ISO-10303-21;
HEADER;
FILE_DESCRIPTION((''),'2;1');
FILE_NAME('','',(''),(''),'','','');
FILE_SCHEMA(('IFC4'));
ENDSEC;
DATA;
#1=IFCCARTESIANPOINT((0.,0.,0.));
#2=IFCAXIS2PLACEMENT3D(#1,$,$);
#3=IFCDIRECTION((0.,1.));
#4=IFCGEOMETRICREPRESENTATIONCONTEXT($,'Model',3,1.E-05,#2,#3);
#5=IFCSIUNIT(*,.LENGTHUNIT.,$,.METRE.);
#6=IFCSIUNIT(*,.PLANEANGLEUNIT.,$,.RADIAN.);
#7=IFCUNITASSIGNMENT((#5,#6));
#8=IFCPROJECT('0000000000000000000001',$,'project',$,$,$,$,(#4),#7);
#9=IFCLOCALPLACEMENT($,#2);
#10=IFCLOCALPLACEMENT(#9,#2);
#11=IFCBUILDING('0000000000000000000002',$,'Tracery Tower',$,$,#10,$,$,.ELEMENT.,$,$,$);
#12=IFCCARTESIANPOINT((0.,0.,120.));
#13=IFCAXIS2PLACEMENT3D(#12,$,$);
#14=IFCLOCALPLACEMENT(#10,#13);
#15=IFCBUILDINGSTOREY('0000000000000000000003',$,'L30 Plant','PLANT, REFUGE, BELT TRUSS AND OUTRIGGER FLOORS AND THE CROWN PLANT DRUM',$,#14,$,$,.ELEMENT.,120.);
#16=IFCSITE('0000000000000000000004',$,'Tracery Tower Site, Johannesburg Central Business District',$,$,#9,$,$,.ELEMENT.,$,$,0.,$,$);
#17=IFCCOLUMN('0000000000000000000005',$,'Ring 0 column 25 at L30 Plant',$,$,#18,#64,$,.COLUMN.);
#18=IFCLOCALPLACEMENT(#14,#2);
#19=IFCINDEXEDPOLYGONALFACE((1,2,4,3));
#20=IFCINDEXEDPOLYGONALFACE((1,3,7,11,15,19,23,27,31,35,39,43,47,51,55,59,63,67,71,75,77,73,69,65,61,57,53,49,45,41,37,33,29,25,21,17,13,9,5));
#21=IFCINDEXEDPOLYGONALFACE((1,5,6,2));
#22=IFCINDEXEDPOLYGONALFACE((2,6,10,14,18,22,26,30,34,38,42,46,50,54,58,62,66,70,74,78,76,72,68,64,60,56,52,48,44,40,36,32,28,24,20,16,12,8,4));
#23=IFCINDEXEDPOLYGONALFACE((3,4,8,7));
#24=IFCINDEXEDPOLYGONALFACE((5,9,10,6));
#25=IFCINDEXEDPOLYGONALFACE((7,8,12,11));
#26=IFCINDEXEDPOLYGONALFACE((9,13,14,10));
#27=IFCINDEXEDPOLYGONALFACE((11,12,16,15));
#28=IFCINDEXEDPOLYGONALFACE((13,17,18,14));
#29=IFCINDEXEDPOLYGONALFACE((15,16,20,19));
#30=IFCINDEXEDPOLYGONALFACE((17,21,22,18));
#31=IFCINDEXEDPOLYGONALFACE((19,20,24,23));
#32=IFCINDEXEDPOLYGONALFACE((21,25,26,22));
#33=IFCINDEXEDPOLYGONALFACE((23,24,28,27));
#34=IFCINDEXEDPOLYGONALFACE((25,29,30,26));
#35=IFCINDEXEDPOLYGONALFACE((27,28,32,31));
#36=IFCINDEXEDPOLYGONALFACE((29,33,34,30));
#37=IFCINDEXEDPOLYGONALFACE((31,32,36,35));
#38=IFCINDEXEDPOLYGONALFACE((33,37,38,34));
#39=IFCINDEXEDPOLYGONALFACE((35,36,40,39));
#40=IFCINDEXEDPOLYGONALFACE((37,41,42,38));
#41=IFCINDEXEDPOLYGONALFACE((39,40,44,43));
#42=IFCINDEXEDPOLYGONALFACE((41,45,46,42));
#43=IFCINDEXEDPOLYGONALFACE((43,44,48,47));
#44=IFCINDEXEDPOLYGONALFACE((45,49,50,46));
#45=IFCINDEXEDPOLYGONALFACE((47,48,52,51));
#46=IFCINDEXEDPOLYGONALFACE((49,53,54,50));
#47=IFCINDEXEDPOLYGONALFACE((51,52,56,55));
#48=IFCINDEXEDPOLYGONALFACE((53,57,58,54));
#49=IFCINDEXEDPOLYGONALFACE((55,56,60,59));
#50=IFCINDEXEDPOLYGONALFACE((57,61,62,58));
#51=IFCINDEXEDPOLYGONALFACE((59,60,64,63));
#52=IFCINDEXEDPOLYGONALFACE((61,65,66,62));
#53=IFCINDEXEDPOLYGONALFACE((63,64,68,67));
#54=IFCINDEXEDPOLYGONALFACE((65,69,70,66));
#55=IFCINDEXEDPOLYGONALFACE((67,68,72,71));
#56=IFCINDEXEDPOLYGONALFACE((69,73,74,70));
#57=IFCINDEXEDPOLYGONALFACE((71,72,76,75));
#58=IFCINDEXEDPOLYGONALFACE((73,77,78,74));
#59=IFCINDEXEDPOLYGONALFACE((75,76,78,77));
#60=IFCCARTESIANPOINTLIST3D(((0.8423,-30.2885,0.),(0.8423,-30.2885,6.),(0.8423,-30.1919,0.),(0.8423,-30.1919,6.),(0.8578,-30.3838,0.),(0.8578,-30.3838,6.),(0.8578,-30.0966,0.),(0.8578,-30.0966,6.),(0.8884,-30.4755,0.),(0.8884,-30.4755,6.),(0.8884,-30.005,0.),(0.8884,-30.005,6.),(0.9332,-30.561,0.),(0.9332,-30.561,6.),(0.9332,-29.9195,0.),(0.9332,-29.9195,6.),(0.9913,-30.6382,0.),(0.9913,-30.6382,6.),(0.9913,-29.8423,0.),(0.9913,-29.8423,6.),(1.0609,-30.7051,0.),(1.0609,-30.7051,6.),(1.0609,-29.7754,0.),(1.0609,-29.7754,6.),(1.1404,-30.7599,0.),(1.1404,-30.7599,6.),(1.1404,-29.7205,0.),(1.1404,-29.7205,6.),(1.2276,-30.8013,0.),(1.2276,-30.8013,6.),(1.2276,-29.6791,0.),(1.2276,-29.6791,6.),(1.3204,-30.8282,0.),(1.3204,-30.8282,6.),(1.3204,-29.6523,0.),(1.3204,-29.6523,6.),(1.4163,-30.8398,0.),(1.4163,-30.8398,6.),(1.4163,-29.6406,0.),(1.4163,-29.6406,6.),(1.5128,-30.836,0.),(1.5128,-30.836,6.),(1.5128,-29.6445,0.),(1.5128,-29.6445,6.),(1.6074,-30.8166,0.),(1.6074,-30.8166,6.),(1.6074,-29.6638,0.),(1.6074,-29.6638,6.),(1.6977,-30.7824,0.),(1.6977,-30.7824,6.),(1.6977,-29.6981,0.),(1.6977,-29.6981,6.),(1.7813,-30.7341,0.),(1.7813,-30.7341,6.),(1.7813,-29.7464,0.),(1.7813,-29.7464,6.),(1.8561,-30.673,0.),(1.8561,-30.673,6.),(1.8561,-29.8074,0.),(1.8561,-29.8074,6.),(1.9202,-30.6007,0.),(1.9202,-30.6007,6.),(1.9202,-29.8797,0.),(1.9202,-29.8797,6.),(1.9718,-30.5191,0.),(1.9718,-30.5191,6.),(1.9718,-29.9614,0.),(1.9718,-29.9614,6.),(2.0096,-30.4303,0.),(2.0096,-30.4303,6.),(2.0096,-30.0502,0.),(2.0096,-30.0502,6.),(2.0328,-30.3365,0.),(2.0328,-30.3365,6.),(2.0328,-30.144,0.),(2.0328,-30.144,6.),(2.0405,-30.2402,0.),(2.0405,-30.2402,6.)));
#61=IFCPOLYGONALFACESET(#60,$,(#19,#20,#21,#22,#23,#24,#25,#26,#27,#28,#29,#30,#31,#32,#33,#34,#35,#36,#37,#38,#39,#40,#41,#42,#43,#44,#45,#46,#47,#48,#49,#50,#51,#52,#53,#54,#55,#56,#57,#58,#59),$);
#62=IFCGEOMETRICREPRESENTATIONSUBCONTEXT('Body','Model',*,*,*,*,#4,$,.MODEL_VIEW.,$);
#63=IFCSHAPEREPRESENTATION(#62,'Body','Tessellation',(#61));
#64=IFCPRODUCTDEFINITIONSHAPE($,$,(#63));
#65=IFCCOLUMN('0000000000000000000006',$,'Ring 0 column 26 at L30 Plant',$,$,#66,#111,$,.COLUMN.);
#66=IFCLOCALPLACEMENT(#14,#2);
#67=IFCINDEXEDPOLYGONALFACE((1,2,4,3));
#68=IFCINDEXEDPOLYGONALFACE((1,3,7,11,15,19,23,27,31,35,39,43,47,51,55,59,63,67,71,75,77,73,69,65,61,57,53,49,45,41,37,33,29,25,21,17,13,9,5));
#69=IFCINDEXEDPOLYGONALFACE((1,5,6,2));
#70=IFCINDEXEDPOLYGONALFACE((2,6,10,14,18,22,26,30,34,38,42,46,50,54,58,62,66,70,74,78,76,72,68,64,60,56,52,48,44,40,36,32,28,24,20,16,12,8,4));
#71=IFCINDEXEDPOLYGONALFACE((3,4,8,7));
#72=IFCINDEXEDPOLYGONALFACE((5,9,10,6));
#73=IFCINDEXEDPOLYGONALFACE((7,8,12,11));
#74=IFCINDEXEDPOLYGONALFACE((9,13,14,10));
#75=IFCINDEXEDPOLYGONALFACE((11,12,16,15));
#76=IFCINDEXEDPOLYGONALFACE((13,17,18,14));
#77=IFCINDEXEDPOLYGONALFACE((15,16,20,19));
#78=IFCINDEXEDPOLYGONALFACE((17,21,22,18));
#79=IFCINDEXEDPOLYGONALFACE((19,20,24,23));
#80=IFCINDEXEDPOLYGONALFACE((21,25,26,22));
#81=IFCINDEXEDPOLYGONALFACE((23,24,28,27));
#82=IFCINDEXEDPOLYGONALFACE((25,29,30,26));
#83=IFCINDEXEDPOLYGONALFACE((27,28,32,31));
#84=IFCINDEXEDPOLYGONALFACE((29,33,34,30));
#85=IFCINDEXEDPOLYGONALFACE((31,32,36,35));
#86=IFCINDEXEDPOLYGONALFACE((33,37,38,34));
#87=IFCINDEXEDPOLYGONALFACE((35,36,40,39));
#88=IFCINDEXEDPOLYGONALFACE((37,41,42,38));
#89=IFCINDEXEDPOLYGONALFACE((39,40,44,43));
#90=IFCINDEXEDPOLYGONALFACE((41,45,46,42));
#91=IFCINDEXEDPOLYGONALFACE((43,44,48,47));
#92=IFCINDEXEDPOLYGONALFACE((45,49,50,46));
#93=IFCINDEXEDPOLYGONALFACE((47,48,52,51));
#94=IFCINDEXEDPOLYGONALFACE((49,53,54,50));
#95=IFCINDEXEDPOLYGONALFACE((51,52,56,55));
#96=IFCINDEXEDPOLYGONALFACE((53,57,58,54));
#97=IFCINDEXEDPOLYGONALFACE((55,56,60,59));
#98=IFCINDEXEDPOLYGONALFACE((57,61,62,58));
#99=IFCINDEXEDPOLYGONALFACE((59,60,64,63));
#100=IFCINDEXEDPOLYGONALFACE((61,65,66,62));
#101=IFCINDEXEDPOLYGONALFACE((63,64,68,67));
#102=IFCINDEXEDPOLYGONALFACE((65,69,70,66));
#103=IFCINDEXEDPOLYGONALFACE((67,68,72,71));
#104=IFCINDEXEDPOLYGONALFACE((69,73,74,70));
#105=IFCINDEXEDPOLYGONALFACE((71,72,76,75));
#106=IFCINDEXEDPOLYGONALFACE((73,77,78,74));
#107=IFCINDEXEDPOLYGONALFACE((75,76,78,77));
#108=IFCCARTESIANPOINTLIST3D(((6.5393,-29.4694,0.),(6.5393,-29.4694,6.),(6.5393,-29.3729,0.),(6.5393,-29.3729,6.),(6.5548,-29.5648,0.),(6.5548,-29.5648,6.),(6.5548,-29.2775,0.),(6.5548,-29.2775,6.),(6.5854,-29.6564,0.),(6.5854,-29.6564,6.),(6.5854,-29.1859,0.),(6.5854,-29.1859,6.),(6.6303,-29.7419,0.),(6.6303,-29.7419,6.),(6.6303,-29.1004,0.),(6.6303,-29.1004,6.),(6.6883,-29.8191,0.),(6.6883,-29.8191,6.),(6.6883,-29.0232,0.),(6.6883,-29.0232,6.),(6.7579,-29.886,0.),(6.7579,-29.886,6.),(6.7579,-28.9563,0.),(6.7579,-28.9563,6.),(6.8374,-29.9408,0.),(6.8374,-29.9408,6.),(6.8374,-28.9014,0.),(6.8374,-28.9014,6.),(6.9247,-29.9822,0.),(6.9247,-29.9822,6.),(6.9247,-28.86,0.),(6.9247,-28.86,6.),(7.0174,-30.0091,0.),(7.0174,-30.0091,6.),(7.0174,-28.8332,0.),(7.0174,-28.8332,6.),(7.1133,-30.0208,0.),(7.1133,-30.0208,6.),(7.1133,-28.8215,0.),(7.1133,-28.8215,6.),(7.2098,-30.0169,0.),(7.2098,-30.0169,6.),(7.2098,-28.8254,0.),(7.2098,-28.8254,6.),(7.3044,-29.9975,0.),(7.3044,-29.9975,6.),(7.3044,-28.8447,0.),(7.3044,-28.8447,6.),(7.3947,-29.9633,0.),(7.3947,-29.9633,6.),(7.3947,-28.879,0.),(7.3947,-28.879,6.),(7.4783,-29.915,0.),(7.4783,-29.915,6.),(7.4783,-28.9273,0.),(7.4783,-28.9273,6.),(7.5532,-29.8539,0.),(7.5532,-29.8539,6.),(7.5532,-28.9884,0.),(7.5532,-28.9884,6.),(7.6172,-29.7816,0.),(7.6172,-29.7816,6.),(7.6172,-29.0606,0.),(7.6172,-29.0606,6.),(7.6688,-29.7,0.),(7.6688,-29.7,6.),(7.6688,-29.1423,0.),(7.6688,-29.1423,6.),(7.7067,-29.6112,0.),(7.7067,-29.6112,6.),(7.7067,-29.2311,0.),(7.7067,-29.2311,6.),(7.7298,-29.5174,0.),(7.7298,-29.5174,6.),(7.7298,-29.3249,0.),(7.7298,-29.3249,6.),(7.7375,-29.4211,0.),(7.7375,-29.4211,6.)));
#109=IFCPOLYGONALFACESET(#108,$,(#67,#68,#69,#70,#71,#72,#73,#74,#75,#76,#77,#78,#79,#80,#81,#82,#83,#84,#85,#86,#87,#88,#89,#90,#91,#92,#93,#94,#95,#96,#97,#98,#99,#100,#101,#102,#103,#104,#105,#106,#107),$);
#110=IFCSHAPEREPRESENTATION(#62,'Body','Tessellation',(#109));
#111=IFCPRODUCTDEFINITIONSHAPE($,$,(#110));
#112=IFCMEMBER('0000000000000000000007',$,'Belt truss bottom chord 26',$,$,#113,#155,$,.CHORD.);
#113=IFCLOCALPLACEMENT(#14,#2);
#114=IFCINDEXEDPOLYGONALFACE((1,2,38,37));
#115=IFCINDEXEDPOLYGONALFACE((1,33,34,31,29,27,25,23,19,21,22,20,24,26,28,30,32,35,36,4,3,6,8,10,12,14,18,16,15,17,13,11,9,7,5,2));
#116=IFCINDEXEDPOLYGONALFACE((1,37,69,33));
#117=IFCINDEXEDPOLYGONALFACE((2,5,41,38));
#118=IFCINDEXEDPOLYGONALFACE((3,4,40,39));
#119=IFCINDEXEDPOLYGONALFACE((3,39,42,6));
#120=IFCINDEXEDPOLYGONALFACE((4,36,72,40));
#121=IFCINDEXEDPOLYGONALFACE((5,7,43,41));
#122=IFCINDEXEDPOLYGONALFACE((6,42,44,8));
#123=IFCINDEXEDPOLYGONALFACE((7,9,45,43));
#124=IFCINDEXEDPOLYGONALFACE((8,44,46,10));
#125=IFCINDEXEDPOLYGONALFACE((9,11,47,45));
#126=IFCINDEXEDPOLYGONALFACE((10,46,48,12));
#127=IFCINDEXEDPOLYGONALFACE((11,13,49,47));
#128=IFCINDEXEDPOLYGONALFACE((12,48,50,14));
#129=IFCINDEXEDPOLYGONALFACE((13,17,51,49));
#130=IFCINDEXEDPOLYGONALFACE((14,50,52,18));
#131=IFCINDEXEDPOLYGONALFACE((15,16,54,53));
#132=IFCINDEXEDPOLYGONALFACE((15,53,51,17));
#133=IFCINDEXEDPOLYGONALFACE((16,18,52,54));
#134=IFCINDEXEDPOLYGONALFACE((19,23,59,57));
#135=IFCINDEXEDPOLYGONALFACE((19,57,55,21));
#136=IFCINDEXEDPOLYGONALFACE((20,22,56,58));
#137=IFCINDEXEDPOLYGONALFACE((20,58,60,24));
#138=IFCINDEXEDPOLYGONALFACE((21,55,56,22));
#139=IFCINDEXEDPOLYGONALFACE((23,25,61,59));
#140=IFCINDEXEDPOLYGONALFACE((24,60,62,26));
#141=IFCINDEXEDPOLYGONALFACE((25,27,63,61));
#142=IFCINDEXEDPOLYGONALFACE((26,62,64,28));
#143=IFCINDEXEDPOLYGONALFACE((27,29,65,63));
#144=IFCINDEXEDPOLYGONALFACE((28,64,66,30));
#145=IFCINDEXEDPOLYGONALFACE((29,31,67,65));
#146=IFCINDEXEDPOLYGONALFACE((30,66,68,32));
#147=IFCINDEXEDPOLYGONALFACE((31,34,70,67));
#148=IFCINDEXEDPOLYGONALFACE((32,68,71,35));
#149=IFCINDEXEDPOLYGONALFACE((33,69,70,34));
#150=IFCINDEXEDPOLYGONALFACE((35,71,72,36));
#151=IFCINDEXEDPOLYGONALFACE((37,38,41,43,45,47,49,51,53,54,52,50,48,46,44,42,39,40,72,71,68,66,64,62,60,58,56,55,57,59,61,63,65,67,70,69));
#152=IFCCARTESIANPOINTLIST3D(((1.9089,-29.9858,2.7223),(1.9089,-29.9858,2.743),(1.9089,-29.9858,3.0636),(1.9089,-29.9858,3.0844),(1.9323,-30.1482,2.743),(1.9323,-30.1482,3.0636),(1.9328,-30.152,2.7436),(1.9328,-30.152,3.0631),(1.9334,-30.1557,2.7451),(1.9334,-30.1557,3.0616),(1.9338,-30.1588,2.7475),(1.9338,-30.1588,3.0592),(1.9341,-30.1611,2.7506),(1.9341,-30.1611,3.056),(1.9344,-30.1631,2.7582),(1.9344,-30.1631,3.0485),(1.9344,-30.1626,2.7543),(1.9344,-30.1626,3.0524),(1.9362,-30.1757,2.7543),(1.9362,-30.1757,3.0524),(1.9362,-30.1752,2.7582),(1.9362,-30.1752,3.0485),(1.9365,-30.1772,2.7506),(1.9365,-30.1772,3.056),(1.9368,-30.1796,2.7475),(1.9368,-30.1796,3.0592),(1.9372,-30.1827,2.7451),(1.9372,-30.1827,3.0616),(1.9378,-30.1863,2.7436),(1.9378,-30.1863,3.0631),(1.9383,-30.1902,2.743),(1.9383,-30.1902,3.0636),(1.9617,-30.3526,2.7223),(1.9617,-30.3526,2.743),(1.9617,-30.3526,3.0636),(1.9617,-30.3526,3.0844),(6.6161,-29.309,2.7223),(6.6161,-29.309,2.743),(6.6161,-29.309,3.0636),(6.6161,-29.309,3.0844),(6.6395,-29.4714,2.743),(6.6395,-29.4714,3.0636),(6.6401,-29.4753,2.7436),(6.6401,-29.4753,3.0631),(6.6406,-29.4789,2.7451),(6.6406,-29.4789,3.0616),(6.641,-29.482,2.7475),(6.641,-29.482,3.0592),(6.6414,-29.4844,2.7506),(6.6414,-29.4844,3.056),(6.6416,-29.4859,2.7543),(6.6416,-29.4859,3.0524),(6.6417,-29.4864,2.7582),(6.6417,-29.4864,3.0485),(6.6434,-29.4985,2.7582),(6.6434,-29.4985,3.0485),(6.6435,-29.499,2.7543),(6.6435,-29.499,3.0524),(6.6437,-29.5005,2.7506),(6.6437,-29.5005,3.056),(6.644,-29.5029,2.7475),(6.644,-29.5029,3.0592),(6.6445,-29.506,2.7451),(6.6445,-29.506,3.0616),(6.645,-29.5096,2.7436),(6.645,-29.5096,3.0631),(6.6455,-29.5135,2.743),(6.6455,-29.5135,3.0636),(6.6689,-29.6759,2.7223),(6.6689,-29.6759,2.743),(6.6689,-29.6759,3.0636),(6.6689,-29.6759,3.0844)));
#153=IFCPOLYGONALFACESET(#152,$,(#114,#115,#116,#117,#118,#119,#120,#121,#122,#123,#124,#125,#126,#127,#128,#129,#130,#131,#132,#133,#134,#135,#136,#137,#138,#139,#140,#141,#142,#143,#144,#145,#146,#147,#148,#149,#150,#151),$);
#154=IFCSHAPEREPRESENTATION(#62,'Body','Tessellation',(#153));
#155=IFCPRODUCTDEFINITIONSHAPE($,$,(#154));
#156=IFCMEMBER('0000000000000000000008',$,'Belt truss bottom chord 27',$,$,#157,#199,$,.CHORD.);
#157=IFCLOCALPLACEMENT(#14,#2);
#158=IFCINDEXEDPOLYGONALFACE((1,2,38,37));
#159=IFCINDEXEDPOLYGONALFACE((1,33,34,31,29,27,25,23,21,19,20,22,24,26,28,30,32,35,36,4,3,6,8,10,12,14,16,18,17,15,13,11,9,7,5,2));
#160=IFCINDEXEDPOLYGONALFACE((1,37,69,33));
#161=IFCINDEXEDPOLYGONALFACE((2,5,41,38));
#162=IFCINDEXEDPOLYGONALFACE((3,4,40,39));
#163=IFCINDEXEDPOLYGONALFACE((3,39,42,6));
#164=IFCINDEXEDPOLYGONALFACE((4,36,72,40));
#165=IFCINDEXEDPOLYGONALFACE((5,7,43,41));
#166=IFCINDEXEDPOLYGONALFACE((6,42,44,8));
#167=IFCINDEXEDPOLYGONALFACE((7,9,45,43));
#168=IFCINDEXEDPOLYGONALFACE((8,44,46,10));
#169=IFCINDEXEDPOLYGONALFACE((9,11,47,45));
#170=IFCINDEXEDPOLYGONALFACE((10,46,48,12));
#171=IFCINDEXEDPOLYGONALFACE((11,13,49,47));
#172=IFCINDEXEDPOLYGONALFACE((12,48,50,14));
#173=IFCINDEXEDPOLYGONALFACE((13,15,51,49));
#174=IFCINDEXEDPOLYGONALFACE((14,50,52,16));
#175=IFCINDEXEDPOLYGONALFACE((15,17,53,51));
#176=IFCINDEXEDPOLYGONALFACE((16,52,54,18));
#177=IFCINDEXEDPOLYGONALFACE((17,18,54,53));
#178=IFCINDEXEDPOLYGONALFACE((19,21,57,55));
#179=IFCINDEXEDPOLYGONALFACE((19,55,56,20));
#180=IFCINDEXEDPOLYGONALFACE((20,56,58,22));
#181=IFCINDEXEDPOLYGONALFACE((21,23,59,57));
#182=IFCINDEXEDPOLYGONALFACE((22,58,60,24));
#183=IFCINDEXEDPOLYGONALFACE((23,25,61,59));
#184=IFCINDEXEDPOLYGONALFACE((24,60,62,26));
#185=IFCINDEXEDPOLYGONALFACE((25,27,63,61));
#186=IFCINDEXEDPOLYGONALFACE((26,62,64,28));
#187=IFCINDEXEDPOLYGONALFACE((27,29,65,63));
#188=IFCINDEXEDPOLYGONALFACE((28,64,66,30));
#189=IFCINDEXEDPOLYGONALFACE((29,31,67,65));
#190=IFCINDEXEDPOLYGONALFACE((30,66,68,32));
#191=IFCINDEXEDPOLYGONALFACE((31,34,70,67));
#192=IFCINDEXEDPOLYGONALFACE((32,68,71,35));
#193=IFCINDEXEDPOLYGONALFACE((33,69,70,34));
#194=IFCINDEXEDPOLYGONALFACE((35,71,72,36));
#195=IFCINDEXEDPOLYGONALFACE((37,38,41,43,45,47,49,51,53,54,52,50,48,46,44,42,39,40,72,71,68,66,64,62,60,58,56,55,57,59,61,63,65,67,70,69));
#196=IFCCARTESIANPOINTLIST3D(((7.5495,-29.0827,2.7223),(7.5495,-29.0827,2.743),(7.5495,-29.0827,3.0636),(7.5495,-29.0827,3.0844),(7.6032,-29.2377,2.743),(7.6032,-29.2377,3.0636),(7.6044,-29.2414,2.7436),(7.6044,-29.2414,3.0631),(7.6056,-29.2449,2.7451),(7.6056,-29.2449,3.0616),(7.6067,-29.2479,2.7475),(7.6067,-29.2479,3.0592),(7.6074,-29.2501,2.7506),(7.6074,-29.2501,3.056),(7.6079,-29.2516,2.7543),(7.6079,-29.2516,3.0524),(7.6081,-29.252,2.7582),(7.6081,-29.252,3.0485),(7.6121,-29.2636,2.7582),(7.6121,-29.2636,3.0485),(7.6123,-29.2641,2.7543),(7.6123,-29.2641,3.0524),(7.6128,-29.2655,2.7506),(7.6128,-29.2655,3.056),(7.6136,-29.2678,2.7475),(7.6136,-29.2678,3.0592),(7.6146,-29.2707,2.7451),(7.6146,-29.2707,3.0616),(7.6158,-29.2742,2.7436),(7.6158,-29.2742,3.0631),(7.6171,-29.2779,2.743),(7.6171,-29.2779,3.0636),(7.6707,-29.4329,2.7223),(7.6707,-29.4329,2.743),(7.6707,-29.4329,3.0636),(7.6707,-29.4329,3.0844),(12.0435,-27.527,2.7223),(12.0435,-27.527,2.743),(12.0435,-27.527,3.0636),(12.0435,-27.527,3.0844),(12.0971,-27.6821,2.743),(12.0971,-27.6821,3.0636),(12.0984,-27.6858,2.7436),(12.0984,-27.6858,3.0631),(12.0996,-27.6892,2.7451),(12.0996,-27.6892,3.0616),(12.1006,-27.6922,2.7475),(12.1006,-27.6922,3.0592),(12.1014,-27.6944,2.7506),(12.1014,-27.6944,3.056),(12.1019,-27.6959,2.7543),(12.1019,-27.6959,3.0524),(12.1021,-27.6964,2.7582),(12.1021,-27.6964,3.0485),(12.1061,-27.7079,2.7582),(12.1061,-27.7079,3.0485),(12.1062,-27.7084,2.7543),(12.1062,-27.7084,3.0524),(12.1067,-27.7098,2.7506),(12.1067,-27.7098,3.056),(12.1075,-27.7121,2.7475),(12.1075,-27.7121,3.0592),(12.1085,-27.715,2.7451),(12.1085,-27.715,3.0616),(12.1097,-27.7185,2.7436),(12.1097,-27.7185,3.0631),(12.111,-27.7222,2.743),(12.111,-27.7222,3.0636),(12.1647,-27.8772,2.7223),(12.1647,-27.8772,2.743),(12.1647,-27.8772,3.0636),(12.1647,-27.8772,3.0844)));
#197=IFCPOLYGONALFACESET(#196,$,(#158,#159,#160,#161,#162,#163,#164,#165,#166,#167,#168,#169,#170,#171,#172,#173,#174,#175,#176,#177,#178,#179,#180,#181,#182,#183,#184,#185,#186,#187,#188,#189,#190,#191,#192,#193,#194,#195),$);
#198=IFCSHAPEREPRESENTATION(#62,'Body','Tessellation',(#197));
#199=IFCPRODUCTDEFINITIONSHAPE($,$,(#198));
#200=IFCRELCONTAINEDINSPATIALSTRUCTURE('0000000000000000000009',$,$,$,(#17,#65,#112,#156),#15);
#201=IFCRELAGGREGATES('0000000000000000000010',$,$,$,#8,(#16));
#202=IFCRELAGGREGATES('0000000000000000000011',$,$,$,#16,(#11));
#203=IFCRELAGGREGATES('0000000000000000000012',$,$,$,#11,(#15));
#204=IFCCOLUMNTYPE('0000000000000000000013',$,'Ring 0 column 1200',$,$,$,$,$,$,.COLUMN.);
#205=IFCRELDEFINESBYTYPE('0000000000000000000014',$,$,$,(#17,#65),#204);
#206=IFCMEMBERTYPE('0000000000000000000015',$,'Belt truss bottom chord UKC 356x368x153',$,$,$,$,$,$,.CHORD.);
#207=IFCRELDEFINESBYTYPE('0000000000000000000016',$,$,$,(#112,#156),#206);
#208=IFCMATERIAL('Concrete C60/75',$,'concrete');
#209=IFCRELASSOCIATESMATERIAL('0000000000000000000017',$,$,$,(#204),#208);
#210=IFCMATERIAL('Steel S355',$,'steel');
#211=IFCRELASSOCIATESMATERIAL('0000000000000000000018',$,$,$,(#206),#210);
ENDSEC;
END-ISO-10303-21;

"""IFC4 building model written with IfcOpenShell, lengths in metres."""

from ifc_helpers import new_model, si_unit, direction, frame, origin, origin_2d, place, context, subcontext, project, spatial, circle, i_section, extrude, material, material_profile, profile_set, type_object, element, save


model = new_model("IFC4")

# Units and contexts
model_context = context("Model", 3, precision=1e-05, world=origin(), true_north=direction((0.0, 1.0)))
body_context = subcontext(model_context, "Body", "Model", "MODEL_VIEW")
ifc_project = project(units=[si_unit("LENGTHUNIT", "METRE"), si_unit("PLANEANGLEUNIT", "RADIAN")], contexts=[model_context])

# Site, building, storey
site_placement = place(None, origin())
site = spatial("IfcSite", under=ifc_project, at=site_placement, Name="Tracery Tower Site, Johannesburg Central Business District", CompositionType="ELEMENT", RefElevation=0.0)
building_placement = place(site_placement, origin())
building = spatial("IfcBuilding", under=site, at=building_placement, Name="Tracery Tower", CompositionType="ELEMENT")
storey_placement = place(building_placement, frame((0.0, 0.0, 120.0)))
storey = spatial("IfcBuildingStorey", under=building, at=storey_placement, Name="L30 Plant", Description="PLANT, REFUGE, BELT TRUSS AND OUTRIGGER FLOORS AND THE CROWN PLANT DRUM", CompositionType="ELEMENT", Elevation=120.0)

# Columns
ifc_material_1 = material(Name="Concrete C60/75", Category="concrete")
ifc_material_profile_1 = material_profile(ifc_material_1, circle(Radius=0.6001, at=origin_2d()), Name="RC D1200")
ifc_profile_set_1 = profile_set([ifc_material_profile_1], Name="Concrete C60/75")
column_type = type_object("IfcColumnType", Name="Ring 0 column 1200", PredefinedType="COLUMN", material=ifc_profile_set_1)
for number, where, z_axis, x_axis, name in (
    (1, (1.4404, -30.2402, 0.0), (0.0, 0.0, 1.0), (1.0, 0.0, 0.0), "Ring 0 column 25 at L30 Plant"),
    (2, (7.1375, -29.4211, 0.0), (0.0, 0.0, 1.0), (1.0, 0.0, 0.0), "Ring 0 column 26 at L30 Plant"),
):
    element("IfcColumn", number, at=place(storey_placement, frame(where, z_axis=z_axis, x_axis=x_axis)), inside=storey, type_object=column_type, Name=name, PredefinedType="COLUMN", context=body_context, shape_type="SweptSolid", body=[
        extrude(circle(Radius=0.6001, at=origin_2d()), origin(), (0.0, 0.0, 1.0), 6.0),
    ])

# Members
ifc_material_2 = material(Name="Steel S355", Category="steel")
ifc_material_profile_2 = material_profile(ifc_material_2, i_section(OverallWidth=0.3706, OverallDepth=0.3621, WebThickness=0.0122, FlangeThickness=0.0208, FilletRadius=0.0151, at=origin_2d()), Name="UKC 356x368x153")
ifc_profile_set_2 = profile_set([ifc_material_profile_2], Name="Steel S355")
member_type_1 = type_object("IfcMemberType", Name="Belt truss bottom chord UKC 356x368x153", PredefinedType="CHORD", material=ifc_profile_set_2)
for number, where, z_axis, x_axis, name in (
    (3, (1.9353, -30.1692, 2.9033), (0.989823, 0.142305, 0.0), (-0.142305, 0.989823, 0.0), "Belt truss bottom chord 26"),
    (4, (7.6101, -29.2578, 2.9033), (0.944981, 0.327126, 0.0), (-0.327126, 0.944981, 0.0), "Belt truss bottom chord 27"),
):
    element("IfcMember", number, at=place(storey_placement, frame(where, z_axis=z_axis, x_axis=x_axis)), inside=storey, type_object=member_type_1, Name=name, PredefinedType="CHORD", context=body_context, shape_type="SweptSolid", body=[
        extrude(i_section(OverallWidth=0.3706, OverallDepth=0.3621, WebThickness=0.0122, FlangeThickness=0.0208, FilletRadius=0.0151, at=origin_2d()), origin(), (0.0, 0.0, 1.0), 4.7556),
    ])

save(model, "model.ifc")
